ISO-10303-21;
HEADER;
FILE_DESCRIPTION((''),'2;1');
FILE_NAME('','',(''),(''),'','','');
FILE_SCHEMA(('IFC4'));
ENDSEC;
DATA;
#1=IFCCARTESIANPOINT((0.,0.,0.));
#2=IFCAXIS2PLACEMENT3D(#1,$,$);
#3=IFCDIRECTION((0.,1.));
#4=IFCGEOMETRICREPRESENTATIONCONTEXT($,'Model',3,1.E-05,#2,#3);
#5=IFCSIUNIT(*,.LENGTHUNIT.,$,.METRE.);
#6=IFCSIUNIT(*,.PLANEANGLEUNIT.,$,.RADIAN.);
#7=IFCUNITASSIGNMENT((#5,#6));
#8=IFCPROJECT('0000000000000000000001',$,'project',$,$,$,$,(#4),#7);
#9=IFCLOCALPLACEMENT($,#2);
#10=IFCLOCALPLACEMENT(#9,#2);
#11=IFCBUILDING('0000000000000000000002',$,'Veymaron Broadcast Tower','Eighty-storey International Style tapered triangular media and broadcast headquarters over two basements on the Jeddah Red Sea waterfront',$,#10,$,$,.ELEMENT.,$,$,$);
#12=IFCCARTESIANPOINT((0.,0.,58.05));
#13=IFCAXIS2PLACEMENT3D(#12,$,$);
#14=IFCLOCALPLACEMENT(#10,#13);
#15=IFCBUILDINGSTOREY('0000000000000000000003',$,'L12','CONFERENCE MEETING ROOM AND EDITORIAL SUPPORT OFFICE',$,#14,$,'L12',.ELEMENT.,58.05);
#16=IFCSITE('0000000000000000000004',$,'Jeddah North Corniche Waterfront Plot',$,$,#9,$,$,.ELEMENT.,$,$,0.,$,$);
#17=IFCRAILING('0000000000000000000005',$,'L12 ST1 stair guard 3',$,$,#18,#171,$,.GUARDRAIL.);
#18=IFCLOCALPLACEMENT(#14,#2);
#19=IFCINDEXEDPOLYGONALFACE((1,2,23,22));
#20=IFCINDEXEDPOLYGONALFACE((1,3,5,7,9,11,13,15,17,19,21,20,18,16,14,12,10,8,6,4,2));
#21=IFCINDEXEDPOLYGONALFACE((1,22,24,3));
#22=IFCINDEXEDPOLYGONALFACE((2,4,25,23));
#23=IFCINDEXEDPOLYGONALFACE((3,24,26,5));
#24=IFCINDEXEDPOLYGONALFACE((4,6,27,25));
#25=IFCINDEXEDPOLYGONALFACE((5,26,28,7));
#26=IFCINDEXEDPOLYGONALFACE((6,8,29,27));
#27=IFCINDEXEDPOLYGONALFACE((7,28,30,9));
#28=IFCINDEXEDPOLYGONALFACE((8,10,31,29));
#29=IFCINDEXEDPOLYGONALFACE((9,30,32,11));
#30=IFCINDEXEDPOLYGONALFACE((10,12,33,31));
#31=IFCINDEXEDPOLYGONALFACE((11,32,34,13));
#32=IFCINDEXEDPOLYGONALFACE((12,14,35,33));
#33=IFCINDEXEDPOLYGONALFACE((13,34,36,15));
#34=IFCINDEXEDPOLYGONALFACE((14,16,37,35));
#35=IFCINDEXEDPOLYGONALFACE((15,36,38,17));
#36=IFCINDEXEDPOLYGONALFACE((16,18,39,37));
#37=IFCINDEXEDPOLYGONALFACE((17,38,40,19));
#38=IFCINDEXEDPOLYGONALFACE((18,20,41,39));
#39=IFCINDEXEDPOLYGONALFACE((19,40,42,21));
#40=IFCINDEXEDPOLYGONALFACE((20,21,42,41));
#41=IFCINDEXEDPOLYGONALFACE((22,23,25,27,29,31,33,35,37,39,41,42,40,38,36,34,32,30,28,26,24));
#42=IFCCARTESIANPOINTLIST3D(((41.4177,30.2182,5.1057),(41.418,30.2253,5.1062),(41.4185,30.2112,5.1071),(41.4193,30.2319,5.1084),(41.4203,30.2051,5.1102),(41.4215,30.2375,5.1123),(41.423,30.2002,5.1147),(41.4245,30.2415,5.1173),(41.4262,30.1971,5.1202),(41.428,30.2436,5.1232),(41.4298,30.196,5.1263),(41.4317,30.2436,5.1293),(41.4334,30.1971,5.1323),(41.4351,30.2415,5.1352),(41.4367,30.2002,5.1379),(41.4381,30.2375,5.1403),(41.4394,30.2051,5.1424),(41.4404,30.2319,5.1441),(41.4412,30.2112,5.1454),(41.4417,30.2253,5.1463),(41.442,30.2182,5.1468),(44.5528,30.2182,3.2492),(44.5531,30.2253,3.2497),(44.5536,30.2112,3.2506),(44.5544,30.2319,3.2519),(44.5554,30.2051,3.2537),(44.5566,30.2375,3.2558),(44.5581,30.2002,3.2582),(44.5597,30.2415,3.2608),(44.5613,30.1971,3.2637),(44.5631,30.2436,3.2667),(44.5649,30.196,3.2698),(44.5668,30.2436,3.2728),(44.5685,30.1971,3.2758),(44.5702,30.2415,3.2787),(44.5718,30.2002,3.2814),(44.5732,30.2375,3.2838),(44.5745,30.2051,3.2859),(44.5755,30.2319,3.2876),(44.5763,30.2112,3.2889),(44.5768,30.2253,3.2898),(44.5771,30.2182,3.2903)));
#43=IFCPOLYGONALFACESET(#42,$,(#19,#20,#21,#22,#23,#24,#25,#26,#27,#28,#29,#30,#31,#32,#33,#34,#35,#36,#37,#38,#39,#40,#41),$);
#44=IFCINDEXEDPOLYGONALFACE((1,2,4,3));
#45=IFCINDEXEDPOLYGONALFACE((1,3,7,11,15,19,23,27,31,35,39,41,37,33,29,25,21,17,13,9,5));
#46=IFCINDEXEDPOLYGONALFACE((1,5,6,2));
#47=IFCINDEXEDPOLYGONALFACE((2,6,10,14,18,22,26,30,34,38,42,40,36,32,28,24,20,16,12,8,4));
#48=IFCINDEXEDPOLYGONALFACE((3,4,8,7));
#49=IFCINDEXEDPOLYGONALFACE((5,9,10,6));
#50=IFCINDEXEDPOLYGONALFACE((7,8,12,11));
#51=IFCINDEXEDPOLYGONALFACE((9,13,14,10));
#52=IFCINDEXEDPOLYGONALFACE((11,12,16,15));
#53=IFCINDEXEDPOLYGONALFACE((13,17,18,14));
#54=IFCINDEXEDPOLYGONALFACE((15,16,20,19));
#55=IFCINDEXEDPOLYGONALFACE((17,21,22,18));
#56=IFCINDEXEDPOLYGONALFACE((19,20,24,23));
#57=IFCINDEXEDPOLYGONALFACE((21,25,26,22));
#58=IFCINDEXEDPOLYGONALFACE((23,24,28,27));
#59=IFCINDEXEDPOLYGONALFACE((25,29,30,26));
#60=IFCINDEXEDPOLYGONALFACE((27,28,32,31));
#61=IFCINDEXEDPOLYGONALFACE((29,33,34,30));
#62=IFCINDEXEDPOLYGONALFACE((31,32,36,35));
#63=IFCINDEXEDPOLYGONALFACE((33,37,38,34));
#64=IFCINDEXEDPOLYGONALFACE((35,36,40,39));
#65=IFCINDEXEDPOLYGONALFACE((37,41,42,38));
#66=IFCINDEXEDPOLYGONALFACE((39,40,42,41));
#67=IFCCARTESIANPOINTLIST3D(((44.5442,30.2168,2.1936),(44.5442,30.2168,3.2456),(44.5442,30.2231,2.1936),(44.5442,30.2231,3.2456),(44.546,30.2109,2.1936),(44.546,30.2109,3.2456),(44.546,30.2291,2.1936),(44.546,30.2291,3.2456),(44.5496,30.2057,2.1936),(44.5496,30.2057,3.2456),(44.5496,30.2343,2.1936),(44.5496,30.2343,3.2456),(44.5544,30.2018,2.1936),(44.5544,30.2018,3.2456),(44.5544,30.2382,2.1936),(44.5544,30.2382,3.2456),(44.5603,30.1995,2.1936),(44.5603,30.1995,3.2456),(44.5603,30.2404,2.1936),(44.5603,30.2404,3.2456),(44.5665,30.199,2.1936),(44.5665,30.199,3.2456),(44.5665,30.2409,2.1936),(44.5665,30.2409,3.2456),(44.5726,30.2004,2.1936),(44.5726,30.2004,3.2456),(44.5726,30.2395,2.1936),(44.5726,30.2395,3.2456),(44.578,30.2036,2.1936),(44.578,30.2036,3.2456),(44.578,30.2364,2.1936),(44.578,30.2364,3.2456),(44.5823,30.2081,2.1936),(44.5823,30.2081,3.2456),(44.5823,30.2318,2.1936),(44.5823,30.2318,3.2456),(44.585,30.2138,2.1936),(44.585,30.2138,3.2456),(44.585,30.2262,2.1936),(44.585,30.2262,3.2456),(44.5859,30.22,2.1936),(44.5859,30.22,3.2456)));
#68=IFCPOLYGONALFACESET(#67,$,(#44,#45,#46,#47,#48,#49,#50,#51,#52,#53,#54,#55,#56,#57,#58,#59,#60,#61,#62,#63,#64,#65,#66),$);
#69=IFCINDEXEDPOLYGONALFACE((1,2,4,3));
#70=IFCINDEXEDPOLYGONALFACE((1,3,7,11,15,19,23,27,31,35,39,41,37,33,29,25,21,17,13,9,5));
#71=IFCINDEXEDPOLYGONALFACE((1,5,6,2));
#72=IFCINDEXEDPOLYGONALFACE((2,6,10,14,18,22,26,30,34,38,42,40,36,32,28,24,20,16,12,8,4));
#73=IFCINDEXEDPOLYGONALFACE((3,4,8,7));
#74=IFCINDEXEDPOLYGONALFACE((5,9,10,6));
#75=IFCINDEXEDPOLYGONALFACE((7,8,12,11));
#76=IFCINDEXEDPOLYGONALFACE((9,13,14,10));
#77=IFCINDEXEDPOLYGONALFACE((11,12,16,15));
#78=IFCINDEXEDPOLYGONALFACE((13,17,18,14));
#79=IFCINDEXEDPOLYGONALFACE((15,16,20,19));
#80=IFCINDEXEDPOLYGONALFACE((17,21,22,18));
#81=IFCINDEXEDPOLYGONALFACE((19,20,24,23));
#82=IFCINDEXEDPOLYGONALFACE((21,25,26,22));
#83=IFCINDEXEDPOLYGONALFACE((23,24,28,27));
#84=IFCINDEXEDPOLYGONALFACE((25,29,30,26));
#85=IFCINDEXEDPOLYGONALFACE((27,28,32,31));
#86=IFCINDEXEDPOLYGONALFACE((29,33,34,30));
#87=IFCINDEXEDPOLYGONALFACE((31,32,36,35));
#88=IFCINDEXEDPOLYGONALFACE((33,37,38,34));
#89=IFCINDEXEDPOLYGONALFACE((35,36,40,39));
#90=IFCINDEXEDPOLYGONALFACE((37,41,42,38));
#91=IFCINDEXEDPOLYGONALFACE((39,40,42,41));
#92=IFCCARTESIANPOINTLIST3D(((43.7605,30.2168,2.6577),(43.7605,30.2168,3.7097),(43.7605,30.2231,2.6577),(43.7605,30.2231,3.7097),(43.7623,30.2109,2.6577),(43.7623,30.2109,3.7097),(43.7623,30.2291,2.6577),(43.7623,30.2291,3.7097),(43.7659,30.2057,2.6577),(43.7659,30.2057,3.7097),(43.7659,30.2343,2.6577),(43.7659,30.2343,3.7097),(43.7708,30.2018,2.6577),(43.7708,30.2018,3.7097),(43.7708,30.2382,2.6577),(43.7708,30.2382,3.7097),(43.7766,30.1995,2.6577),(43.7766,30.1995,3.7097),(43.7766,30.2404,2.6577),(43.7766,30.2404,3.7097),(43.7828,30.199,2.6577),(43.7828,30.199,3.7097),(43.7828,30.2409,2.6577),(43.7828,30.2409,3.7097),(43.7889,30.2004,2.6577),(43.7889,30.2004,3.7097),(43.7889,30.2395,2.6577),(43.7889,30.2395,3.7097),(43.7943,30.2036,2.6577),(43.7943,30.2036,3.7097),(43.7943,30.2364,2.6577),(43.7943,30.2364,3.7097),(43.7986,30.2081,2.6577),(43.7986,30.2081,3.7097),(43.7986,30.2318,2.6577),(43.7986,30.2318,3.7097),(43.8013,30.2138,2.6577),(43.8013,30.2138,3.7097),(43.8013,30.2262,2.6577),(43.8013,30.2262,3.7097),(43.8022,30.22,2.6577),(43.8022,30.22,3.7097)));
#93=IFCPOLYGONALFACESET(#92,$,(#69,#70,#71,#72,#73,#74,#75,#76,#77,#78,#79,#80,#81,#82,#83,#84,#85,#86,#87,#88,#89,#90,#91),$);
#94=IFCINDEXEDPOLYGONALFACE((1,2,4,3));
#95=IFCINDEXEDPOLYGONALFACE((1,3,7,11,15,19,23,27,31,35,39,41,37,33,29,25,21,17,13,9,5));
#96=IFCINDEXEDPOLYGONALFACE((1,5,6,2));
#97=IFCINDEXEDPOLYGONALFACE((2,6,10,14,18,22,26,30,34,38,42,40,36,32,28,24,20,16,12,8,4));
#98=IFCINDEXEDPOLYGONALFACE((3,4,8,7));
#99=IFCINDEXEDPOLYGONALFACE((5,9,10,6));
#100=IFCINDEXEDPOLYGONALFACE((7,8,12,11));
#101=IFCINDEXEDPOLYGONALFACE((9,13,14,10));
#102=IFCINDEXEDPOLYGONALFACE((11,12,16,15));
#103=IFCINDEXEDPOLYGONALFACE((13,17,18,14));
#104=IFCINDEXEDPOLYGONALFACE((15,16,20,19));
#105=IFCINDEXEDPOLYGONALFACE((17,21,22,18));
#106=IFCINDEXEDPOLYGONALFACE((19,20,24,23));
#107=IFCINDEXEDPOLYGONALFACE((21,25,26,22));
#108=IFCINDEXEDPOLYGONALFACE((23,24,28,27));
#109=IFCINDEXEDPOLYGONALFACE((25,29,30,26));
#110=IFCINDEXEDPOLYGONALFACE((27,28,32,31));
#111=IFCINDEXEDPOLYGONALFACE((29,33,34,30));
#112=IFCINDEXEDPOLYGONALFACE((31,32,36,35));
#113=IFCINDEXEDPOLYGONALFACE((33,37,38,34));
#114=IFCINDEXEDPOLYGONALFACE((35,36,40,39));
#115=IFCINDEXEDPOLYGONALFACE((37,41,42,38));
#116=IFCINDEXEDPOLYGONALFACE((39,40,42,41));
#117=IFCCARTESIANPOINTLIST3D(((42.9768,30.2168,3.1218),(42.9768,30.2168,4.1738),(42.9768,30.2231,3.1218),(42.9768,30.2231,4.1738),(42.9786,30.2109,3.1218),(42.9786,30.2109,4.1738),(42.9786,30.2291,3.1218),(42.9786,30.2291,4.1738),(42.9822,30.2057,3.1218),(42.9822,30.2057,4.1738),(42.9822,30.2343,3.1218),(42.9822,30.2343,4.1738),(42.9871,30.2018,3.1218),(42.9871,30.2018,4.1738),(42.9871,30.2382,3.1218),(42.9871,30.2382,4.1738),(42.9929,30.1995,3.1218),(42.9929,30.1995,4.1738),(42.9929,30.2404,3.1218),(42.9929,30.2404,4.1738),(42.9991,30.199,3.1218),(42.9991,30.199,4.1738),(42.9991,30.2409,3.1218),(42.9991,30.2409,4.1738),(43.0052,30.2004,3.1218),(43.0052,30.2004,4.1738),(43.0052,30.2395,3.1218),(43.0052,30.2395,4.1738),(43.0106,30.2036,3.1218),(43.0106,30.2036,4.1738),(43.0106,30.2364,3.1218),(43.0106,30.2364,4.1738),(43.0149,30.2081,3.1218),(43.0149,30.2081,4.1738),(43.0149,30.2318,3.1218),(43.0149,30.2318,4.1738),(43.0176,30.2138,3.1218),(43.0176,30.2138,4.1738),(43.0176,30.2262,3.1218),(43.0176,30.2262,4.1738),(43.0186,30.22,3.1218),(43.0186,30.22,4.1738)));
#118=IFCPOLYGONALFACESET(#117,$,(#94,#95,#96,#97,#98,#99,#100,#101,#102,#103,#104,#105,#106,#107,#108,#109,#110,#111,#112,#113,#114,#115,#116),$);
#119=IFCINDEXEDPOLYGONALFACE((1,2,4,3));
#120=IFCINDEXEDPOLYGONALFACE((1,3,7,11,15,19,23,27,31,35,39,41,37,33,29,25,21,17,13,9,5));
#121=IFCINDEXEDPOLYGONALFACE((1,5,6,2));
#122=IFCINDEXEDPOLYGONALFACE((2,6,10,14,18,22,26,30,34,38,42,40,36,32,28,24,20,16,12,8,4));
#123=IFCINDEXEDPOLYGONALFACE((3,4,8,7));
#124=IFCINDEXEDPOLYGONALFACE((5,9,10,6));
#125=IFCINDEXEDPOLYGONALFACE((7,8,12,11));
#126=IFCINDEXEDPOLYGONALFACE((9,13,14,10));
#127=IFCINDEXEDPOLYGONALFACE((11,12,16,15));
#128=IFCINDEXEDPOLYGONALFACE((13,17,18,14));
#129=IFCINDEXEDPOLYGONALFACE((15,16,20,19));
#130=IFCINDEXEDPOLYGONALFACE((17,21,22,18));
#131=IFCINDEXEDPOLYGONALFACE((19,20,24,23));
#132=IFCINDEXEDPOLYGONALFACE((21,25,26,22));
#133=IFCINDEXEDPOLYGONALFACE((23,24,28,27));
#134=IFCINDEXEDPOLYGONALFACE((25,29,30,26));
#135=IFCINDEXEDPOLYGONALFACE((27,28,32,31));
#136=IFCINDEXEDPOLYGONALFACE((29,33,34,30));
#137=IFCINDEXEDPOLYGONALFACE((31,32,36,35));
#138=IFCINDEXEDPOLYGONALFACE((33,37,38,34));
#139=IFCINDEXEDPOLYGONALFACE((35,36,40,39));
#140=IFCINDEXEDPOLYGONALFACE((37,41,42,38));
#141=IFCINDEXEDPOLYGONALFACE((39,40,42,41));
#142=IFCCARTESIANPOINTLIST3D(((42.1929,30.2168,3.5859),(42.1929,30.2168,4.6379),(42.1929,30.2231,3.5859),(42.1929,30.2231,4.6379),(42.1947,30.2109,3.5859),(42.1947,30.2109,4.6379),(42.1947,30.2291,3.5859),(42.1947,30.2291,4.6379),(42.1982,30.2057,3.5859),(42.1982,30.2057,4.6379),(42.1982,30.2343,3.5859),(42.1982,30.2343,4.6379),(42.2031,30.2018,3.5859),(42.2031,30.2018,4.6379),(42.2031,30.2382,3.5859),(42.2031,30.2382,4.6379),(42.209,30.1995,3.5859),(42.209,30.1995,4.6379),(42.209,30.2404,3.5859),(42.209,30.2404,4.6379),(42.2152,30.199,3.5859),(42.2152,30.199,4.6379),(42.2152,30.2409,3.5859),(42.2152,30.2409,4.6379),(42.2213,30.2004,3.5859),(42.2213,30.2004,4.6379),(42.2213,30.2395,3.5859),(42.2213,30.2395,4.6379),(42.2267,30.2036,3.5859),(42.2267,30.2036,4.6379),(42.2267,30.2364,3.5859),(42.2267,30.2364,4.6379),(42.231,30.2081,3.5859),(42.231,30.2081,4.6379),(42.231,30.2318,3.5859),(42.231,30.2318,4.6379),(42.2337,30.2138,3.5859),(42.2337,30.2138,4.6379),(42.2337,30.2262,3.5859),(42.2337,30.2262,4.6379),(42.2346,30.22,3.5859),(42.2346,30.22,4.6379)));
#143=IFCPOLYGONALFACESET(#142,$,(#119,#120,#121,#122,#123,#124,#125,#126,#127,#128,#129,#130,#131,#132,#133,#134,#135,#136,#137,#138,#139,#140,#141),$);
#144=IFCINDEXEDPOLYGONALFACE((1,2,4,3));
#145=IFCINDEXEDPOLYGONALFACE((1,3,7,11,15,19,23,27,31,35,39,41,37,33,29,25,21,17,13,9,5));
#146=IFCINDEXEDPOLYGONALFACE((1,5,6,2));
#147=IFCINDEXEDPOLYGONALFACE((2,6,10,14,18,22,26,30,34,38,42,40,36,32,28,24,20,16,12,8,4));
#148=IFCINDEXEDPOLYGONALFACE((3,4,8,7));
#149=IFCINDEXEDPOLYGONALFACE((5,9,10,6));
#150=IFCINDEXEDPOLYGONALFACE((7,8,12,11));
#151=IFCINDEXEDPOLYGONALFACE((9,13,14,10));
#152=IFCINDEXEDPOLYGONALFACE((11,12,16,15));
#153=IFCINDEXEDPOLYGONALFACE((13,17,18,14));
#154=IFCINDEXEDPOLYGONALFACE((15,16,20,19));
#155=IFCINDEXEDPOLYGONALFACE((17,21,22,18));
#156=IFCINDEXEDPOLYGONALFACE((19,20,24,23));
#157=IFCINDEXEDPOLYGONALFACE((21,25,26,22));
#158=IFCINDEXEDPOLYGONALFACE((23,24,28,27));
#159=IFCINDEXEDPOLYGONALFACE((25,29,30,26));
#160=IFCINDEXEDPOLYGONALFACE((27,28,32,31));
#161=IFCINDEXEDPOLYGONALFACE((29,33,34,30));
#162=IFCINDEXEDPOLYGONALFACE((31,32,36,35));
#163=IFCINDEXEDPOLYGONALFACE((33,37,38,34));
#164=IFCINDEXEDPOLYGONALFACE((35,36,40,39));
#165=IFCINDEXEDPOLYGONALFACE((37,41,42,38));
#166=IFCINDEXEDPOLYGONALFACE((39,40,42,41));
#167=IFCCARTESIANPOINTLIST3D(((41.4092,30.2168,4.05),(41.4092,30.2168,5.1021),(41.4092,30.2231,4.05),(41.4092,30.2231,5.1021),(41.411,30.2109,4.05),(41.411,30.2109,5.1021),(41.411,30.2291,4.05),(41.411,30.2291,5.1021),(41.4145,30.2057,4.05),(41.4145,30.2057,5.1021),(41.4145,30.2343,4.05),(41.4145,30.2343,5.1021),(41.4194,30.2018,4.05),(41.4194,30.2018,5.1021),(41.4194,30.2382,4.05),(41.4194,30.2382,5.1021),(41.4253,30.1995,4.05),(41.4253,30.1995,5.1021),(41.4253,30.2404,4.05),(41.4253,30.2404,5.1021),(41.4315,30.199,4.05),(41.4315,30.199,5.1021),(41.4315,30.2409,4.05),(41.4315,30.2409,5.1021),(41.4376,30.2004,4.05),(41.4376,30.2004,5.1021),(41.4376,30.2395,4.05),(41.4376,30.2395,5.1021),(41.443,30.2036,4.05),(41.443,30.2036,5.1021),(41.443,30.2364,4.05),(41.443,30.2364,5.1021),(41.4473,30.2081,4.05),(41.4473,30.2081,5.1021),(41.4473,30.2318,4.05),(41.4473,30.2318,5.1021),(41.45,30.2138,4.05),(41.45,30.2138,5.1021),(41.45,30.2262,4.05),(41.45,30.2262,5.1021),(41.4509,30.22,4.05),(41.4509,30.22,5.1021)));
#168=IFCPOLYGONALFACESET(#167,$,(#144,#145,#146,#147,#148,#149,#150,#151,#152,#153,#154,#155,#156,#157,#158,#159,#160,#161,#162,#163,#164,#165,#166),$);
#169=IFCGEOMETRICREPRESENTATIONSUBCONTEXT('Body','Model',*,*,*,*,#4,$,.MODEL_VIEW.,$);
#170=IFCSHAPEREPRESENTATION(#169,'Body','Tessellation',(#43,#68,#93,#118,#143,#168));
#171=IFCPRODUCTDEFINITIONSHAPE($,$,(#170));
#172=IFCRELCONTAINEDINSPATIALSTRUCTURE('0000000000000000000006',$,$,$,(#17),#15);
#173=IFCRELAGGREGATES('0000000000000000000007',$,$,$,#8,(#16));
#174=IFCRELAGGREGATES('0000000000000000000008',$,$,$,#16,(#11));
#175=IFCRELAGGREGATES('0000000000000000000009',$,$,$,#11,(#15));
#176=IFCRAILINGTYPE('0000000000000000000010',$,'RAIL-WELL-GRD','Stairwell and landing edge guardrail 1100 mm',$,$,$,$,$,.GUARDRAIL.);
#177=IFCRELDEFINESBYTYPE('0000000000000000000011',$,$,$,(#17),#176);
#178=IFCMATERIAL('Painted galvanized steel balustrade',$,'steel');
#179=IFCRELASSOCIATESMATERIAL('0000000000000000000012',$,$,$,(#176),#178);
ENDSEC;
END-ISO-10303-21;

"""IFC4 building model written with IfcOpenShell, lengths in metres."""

from ifc_helpers import new_model, si_unit, direction, frame, origin, origin_2d, place, context, subcontext, project, spatial, circle, extrude, material, type_object, element, save


model = new_model("IFC4")

# Units and contexts
model_context = context("Model", 3, precision=1e-05, world=origin(), true_north=direction((0.0, 1.0)))
body_context = subcontext(model_context, "Body", "Model", "MODEL_VIEW")
ifc_project = project(units=[si_unit("LENGTHUNIT", "METRE"), si_unit("PLANEANGLEUNIT", "RADIAN")], contexts=[model_context])

# Site, building, storey
site_placement = place(None, origin())
site = spatial("IfcSite", under=ifc_project, at=site_placement, Name="Jeddah North Corniche Waterfront Plot", CompositionType="ELEMENT", RefElevation=0.0)
building_placement = place(site_placement, origin())
building = spatial("IfcBuilding", under=site, at=building_placement, Name="Veymaron Broadcast Tower", Description="Eighty-storey International Style tapered triangular media and broadcast headquarters over two basements on the Jeddah Red Sea waterfront", CompositionType="ELEMENT")
storey_placement = place(building_placement, frame((0.0, 0.0, 58.05)))
storey = spatial("IfcBuildingStorey", under=building, at=storey_placement, Name="L12", Description="CONFERENCE MEETING ROOM AND EDITORIAL SUPPORT OFFICE", LongName="L12", CompositionType="ELEMENT", Elevation=58.05)

# Railing
ifc_material_1 = material(Name="Painted galvanized steel balustrade", Category="steel")
railing_type_1 = type_object("IfcRailingType", Name="RAIL-WELL-GRD", Description="Stairwell and landing edge guardrail 1100 mm", PredefinedType="GUARDRAIL", material=ifc_material_1)
railing_1_placement = place(storey_placement, frame((44.5649, 30.22, 2.1936)))
element("IfcRailing", 1, at=railing_1_placement, inside=storey, type_object=railing_type_1, Name="L12 ST1 stair guard 3", PredefinedType="GUARDRAIL", context=body_context, shape_type="SweptSolid", body=[
    extrude(circle(Radius=0.0239, at=origin_2d()), frame((0.0, 0.0, 1.0762), z_axis=(-0.860453, 0.0, 0.509531), x_axis=(0.0, -1.0, 0.0)), (0.0, 0.0, 1.0), 3.6436),
    extrude(circle(Radius=0.021, at=origin_2d()), origin(), (0.0, 0.0, 1.0), 1.052),
    extrude(circle(Radius=0.021, at=origin_2d()), frame((-0.7837, 0.0, 0.4641)), (0.0, 0.0, 1.0), 1.052),
    extrude(circle(Radius=0.021, at=origin_2d()), frame((-1.5674, 0.0, 0.9282)), (0.0, 0.0, 1.0), 1.052),
    extrude(circle(Radius=0.021, at=origin_2d()), frame((-2.3513, 0.0, 1.3923)), (0.0, 0.0, 1.0), 1.052),
    extrude(circle(Radius=0.021, at=origin_2d()), frame((-3.135, 0.0, 1.8564)), (0.0, 0.0, 1.0), 1.052),
])

save(model, "model.ifc")
